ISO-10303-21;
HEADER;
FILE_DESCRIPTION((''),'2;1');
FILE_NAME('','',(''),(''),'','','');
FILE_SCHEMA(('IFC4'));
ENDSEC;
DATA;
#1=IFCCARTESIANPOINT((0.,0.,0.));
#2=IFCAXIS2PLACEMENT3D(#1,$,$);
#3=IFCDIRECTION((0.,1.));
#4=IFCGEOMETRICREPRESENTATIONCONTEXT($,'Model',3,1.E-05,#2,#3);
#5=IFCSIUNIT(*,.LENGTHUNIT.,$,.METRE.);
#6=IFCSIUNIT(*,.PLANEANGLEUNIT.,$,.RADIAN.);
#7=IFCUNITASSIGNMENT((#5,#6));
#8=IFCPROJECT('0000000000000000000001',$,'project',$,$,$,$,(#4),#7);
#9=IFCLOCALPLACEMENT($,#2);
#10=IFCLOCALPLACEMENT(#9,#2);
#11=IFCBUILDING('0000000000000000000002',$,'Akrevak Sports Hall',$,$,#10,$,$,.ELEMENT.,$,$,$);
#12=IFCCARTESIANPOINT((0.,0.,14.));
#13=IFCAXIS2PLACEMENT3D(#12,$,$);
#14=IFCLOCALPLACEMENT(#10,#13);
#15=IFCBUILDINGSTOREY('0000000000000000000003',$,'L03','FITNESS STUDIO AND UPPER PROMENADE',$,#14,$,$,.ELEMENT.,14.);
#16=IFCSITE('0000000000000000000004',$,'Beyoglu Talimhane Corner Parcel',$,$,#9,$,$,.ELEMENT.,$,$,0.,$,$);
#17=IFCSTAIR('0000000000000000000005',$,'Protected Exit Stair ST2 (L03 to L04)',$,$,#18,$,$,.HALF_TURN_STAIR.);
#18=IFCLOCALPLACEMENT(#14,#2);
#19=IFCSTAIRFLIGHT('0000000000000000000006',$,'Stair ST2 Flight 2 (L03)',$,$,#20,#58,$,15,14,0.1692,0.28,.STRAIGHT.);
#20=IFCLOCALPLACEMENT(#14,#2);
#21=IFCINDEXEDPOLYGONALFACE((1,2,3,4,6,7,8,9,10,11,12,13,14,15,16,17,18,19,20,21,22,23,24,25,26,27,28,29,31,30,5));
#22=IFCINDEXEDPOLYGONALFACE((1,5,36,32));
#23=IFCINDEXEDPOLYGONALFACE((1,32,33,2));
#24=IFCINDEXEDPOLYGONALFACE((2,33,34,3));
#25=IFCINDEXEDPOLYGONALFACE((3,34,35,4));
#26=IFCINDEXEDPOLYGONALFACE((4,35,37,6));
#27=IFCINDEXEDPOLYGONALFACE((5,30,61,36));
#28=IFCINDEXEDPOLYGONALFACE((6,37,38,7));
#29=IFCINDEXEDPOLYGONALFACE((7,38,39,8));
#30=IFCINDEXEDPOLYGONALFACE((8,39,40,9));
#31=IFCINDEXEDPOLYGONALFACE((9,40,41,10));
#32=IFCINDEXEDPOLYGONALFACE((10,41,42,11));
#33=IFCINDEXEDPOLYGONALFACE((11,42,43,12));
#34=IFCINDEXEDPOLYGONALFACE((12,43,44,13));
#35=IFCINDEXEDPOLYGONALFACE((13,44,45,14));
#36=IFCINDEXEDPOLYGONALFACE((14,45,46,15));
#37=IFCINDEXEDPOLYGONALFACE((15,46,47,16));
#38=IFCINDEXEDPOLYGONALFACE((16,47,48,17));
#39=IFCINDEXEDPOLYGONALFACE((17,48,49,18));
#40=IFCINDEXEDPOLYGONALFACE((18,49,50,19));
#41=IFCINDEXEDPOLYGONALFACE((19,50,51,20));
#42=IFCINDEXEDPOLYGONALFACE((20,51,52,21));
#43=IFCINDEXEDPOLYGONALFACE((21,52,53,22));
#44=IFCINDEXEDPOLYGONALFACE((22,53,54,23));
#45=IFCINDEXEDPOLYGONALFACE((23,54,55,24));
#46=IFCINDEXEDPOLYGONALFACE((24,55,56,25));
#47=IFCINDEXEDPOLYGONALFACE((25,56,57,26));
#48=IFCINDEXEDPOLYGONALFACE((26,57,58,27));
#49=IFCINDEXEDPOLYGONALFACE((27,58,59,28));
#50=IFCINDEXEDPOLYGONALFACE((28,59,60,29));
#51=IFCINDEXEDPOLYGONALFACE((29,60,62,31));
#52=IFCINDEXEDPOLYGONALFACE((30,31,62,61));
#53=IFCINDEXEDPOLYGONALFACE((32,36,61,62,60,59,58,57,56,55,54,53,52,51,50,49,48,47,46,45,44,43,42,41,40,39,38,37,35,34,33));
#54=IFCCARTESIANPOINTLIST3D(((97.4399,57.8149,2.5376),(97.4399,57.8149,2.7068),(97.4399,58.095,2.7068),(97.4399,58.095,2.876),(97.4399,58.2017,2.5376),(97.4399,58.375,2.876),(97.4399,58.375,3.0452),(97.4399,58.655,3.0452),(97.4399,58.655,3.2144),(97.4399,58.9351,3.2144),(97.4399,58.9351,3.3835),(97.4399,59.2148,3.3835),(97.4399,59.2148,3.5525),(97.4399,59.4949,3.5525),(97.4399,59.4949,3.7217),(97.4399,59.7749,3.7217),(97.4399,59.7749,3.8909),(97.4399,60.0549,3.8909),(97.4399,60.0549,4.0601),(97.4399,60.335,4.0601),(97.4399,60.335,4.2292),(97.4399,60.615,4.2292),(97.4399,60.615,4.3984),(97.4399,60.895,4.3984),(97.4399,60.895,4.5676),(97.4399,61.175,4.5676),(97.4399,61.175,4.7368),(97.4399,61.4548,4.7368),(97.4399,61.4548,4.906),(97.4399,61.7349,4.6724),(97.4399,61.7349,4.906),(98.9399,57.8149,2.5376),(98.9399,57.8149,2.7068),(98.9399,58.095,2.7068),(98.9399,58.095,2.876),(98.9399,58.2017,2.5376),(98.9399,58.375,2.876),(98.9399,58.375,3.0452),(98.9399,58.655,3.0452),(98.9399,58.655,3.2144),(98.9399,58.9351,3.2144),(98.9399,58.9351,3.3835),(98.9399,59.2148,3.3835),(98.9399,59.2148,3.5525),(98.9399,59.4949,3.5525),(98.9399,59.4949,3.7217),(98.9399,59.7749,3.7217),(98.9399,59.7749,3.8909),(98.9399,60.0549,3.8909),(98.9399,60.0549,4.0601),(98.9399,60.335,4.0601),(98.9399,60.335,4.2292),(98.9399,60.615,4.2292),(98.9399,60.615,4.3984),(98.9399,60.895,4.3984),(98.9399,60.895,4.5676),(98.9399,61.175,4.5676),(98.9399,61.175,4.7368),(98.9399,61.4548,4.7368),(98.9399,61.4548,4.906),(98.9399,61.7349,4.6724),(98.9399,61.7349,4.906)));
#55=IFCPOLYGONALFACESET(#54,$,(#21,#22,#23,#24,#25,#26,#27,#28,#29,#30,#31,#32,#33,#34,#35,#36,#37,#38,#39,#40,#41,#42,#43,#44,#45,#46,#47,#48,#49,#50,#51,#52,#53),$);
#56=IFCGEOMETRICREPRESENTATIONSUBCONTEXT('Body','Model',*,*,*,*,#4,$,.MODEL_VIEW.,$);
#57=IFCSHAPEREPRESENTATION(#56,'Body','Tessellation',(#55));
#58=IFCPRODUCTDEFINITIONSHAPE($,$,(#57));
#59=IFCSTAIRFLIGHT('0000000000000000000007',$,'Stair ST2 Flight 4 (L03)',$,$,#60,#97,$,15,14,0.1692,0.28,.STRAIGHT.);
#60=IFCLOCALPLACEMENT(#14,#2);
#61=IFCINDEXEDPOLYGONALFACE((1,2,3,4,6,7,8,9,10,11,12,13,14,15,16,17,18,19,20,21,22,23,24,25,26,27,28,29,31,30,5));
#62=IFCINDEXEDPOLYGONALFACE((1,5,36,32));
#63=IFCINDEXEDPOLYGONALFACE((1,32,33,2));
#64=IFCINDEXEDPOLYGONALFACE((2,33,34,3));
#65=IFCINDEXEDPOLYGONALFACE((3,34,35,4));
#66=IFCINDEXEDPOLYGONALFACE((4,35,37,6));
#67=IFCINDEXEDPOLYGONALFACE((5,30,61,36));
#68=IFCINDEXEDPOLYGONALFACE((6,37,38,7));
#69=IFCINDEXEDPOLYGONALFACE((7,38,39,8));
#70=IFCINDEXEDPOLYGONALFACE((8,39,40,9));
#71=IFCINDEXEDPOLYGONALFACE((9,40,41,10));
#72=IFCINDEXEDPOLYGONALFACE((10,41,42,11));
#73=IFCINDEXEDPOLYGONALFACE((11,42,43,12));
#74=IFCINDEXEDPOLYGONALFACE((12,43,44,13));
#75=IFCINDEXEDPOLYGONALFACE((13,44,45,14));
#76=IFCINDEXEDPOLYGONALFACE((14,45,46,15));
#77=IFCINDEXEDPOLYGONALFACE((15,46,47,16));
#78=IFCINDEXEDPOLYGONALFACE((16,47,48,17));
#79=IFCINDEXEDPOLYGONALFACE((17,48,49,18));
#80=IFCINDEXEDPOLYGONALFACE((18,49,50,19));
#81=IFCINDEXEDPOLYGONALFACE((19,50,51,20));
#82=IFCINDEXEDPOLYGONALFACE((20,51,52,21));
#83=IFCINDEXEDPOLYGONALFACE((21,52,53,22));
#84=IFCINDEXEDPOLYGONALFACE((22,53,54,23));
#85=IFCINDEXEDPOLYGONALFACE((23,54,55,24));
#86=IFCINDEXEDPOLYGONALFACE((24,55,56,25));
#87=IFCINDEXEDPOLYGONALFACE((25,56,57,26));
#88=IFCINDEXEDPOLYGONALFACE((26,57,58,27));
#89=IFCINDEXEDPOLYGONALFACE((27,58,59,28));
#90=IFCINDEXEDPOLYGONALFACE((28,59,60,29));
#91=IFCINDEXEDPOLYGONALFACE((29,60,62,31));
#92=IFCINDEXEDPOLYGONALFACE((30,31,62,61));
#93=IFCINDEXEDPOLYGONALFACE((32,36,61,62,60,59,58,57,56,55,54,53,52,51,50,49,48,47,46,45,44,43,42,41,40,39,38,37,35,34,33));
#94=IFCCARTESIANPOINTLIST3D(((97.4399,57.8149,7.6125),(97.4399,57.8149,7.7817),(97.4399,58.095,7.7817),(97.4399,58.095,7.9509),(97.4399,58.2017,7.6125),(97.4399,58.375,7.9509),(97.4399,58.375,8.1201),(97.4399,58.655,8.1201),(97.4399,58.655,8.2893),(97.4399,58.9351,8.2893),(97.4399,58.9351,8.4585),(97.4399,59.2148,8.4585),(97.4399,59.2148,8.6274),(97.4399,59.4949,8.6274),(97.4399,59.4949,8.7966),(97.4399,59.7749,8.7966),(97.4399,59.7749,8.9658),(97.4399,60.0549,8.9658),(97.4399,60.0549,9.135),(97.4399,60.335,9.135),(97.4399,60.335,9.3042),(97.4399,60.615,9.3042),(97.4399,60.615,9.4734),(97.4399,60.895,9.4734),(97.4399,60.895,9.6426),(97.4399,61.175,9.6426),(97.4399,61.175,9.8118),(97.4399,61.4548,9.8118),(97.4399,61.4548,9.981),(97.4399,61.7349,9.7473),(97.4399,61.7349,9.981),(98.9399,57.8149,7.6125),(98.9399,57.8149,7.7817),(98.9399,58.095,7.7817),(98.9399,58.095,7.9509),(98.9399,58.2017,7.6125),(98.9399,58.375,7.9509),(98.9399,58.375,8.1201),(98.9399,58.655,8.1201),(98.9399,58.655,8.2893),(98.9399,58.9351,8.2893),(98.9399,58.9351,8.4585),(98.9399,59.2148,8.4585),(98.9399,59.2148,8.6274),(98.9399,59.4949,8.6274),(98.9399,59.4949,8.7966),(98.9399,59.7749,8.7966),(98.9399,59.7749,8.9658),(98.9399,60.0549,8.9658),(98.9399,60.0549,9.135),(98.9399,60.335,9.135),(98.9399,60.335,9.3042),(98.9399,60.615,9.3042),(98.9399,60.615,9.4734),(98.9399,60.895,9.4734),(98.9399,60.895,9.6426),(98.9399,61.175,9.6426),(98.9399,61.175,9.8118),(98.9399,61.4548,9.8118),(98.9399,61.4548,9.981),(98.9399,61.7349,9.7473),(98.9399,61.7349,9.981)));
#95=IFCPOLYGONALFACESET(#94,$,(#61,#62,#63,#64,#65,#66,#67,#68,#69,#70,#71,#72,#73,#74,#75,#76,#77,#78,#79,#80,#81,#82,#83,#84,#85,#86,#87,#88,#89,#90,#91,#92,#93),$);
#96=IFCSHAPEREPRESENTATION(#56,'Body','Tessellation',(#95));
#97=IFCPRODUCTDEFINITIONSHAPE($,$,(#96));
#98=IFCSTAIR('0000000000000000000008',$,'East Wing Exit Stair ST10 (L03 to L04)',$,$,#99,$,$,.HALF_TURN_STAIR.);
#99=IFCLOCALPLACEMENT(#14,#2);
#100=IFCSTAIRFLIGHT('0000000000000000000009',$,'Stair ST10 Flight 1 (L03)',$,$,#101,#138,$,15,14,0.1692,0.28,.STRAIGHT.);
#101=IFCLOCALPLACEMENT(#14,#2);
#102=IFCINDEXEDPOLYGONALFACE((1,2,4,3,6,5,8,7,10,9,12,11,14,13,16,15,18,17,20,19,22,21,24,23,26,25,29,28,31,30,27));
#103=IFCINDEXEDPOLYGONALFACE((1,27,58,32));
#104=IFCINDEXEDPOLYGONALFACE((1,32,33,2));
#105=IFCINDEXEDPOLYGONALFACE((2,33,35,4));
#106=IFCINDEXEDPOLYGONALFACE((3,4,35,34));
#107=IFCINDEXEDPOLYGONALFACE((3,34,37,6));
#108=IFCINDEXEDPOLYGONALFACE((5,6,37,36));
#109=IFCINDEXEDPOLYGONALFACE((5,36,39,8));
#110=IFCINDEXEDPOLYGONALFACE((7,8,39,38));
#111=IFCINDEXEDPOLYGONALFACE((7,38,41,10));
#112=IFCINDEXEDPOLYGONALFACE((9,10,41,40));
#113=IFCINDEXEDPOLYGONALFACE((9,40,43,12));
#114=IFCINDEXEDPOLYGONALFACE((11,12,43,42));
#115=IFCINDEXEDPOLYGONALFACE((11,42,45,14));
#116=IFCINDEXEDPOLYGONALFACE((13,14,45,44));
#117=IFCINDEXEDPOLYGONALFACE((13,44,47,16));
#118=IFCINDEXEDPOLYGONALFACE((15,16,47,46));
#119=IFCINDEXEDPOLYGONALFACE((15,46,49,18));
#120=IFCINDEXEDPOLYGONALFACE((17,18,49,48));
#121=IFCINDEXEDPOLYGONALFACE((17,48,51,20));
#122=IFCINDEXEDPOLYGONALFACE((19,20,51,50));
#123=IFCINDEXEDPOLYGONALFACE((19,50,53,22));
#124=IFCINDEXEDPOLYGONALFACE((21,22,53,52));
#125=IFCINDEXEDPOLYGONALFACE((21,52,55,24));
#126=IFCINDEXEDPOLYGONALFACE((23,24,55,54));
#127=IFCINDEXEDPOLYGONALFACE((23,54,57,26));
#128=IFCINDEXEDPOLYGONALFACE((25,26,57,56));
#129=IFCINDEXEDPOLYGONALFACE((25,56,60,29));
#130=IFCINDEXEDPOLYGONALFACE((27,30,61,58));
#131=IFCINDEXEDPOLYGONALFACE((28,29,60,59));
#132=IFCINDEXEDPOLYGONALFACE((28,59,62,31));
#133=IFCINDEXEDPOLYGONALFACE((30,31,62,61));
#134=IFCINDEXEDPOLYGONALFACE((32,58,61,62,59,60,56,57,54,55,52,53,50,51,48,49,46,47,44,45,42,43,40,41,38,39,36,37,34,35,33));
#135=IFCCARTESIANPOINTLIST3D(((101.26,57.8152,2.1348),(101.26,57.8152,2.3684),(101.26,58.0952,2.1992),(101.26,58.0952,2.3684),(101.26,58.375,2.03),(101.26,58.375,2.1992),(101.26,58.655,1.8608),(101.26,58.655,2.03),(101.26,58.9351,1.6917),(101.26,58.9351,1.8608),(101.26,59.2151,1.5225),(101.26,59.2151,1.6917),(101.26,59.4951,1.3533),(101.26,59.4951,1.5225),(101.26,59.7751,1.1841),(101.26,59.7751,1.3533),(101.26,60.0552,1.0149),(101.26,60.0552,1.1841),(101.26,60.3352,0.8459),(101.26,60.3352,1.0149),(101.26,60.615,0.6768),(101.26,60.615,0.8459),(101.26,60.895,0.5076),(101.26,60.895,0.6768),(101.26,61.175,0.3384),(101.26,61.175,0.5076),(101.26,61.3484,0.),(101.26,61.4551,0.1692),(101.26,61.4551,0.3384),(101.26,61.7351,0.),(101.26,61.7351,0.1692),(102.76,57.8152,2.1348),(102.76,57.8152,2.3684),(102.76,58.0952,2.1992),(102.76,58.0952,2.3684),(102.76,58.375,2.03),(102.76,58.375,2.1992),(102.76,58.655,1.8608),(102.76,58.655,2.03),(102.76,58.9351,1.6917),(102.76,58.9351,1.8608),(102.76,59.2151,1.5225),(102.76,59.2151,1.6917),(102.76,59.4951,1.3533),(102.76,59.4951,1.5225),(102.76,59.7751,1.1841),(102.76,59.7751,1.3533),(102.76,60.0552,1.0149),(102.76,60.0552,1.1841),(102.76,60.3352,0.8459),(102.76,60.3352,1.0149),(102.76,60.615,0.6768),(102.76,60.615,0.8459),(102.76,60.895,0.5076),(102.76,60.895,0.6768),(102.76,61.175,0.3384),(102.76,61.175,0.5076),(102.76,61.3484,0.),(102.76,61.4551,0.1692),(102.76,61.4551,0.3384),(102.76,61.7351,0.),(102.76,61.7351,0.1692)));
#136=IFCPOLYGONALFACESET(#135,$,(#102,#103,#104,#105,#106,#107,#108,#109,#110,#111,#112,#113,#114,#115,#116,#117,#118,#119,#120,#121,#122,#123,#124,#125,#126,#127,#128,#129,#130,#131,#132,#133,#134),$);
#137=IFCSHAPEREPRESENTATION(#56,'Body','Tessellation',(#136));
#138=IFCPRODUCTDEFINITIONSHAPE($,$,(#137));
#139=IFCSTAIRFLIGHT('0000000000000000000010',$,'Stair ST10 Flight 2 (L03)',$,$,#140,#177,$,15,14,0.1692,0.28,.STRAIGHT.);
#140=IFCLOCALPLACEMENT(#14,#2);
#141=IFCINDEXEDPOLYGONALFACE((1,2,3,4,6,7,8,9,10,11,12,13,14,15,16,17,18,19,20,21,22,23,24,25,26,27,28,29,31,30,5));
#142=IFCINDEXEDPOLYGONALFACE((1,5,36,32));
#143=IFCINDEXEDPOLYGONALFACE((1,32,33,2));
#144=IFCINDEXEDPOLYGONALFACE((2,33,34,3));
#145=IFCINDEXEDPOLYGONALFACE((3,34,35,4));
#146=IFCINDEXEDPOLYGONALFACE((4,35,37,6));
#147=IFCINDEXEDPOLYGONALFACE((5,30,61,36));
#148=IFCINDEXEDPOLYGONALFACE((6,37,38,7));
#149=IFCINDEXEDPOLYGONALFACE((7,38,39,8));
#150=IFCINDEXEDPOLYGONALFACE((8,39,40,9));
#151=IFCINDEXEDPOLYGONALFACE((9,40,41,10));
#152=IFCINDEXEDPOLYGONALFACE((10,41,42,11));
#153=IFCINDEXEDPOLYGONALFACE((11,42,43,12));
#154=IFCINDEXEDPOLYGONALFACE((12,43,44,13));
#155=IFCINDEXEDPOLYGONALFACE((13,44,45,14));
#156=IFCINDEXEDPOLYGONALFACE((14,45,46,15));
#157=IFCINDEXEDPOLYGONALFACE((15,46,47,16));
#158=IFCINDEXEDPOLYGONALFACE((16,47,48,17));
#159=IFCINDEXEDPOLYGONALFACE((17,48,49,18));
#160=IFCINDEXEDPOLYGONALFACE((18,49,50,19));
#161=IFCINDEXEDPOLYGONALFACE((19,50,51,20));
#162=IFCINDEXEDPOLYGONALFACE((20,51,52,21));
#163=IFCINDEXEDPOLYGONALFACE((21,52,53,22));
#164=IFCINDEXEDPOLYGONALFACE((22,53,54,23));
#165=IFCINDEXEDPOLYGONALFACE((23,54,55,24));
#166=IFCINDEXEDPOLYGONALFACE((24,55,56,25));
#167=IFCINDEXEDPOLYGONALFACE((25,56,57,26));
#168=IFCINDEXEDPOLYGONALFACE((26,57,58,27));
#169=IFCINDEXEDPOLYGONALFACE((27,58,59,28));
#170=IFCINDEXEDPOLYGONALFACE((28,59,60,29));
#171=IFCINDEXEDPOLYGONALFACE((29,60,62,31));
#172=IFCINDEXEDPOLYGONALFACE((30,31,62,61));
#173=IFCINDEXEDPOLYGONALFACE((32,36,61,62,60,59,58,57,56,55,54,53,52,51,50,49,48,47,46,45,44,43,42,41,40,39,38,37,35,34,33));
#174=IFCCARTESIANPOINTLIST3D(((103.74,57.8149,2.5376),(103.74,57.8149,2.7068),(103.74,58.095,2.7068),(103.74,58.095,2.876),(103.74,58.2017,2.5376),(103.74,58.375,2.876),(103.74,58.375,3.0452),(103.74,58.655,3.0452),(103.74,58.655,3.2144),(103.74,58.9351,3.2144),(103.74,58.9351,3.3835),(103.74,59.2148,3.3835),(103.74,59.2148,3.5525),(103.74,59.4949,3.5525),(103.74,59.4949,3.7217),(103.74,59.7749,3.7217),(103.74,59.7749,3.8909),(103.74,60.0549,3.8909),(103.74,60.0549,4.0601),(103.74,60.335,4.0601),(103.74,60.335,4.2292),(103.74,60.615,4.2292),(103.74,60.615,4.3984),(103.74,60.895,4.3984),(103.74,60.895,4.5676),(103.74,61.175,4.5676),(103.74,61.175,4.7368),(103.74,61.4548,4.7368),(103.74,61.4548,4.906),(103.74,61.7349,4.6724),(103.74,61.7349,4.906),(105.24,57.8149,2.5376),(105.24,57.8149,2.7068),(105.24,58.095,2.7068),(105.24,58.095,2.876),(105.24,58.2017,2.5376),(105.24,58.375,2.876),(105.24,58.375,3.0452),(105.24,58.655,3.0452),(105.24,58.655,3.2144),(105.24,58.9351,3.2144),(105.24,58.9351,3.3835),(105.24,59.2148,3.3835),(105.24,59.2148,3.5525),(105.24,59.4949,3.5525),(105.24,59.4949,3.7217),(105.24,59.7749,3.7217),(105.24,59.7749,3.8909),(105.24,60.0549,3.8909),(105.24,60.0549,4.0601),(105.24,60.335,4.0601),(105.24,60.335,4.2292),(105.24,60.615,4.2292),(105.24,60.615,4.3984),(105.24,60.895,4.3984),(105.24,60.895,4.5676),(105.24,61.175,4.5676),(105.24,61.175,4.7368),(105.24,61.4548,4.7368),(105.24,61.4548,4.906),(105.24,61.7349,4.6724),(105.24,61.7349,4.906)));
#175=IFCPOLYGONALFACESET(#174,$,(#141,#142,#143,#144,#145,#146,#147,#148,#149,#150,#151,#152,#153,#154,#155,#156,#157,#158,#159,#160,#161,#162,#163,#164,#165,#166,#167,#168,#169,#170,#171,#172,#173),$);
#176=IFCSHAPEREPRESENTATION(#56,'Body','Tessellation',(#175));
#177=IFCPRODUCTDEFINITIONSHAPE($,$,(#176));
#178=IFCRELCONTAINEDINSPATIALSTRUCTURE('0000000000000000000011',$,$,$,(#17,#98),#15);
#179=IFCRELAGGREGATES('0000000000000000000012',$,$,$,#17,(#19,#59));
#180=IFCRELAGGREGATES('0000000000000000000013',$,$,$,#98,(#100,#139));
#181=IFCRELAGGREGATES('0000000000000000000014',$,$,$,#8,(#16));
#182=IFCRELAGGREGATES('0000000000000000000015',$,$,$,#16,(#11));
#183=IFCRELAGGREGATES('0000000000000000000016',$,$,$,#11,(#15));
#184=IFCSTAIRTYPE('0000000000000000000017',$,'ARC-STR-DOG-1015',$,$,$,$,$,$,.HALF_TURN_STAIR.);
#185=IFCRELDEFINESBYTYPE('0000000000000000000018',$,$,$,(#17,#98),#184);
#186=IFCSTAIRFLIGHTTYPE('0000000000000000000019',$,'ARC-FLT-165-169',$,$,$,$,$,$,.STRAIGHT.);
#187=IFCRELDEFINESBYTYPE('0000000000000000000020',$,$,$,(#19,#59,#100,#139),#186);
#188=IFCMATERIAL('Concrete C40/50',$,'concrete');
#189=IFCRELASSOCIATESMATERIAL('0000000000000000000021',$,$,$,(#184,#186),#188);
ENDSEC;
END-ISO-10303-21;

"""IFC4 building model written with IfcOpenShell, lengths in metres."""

from ifc_helpers import new_model, si_unit, direction, frame, origin, place, context, subcontext, project, spatial, polyline, outline, extrude, material, type_object, element, aggregate, save


model = new_model("IFC4")

# Units and contexts
model_context = context("Model", 3, precision=1e-05, world=origin(), true_north=direction((0.0, 1.0)))
body_context = subcontext(model_context, "Body", "Model", "MODEL_VIEW")
ifc_project = project(units=[si_unit("LENGTHUNIT", "METRE"), si_unit("PLANEANGLEUNIT", "RADIAN")], contexts=[model_context])

# Site, building, storey
site_placement = place(None, origin())
site = spatial("IfcSite", under=ifc_project, at=site_placement, Name="Beyoglu Talimhane Corner Parcel", CompositionType="ELEMENT", RefElevation=0.0)
building_placement = place(site_placement, origin())
building = spatial("IfcBuilding", under=site, at=building_placement, Name="Akrevak Sports Hall", CompositionType="ELEMENT")
storey_placement = place(building_placement, frame((0.0, 0.0, 14.0)))
storey = spatial("IfcBuildingStorey", under=building, at=storey_placement, Name="L03", Description="FITNESS STUDIO AND UPPER PROMENADE", CompositionType="ELEMENT", Elevation=14.0)

# Shared definitions
ifc_material_1 = material(Name="Concrete C40/50", Category="concrete")

# Stairs, stair flights
stair_type = type_object("IfcStairType", Name="ARC-STR-DOG-1015", PredefinedType="HALF_TURN_STAIR", material=ifc_material_1)
stair_1_placement = place(storey_placement, origin())
stair_1 = element("IfcStair", 1, at=stair_1_placement, inside=storey, type_object=stair_type, Name="Protected Exit Stair ST2 (L03 to L04)", PredefinedType="HALF_TURN_STAIR")
stair_flight_type = type_object("IfcStairFlightType", Name="ARC-FLT-165-169", PredefinedType="STRAIGHT", material=ifc_material_1)
stair_flight_1_placement = place(storey_placement, frame((98.1899, 57.8149, 2.5376), z_axis=(0.0, 0.0, 1.0), x_axis=(0.0, 1.0, 0.0)))
stair_flight_1 = element("IfcStairFlight", 2, at=stair_flight_1_placement, type_object=stair_flight_type, Name="Stair ST2 Flight 2 (L03)", NumberOfRisers=15, NumberOfTreads=14, PredefinedType="STRAIGHT", RiserHeight=0.1692, TreadLength=0.28, context=body_context, shape_type="SweptSolid", body=[
    extrude(outline(polyline([(0.0, 0.0), (0.0, 0.1692), (0.28, 0.1692), (0.28, 0.3384), (0.5601, 0.3384), (0.5601, 0.5076), (0.8401, 0.5076), (0.8401, 0.6768), (1.1201, 0.6768), (1.1201, 0.8459), (1.3999, 0.8459), (1.3999, 1.0149), (1.6799, 1.0149), (1.6799, 1.1841), (1.96, 1.1841), (1.96, 1.3533), (2.24, 1.3533), (2.24, 1.5225), (2.52, 1.5225), (2.52, 1.6917), (2.8, 1.6917), (2.8, 1.8608), (3.0801, 1.8608), (3.0801, 2.03), (3.3601, 2.03), (3.3601, 2.1992), (3.6399, 2.1992), (3.6399, 2.3684), (3.9199, 2.3684), (3.9199, 2.5376), (3.9199, 2.1348), (0.3867, 0.0), (0.0, 0.0)])), frame((0.0, 0.75, 0.0), z_axis=(0.0, -1.0, 0.0), x_axis=(1.0, 0.0, 0.0)), (0.0, 0.0, 1.0), 1.5),
])
stair_flight_2_placement = place(storey_placement, frame((98.1899, 57.8149, 7.6125), z_axis=(0.0, 0.0, 1.0), x_axis=(0.0, 1.0, 0.0)))
stair_flight_2 = element("IfcStairFlight", 3, at=stair_flight_2_placement, type_object=stair_flight_type, Name="Stair ST2 Flight 4 (L03)", NumberOfRisers=15, NumberOfTreads=14, PredefinedType="STRAIGHT", RiserHeight=0.1692, TreadLength=0.28, context=body_context, shape_type="SweptSolid", body=[
    extrude(outline(polyline([(0.0, 0.0), (0.0, 0.1692), (0.28, 0.1692), (0.28, 0.3384), (0.5601, 0.3384), (0.5601, 0.5076), (0.8401, 0.5076), (0.8401, 0.6768), (1.1201, 0.6768), (1.1201, 0.8459), (1.3999, 0.8459), (1.3999, 1.0149), (1.6799, 1.0149), (1.6799, 1.1841), (1.96, 1.1841), (1.96, 1.3533), (2.24, 1.3533), (2.24, 1.5225), (2.52, 1.5225), (2.52, 1.6917), (2.8, 1.6917), (2.8, 1.8608), (3.0801, 1.8608), (3.0801, 2.03), (3.3601, 2.03), (3.3601, 2.1992), (3.6399, 2.1992), (3.6399, 2.3684), (3.9199, 2.3684), (3.9199, 2.5376), (3.9199, 2.1348), (0.3867, 0.0), (0.0, 0.0)])), frame((0.0, 0.75, 0.0), z_axis=(0.0, -1.0, 0.0), x_axis=(1.0, 0.0, 0.0)), (0.0, 0.0, 1.0), 1.5),
])
aggregate(stair_1, [stair_flight_1, stair_flight_2])
stair_2_placement = place(storey_placement, origin())
stair_2 = element("IfcStair", 4, at=stair_2_placement, inside=storey, type_object=stair_type, Name="East Wing Exit Stair ST10 (L03 to L04)", PredefinedType="HALF_TURN_STAIR")
stair_flight_3_placement = place(storey_placement, frame((102.01, 61.7351, 0.0), z_axis=(0.0, 0.0, 1.0), x_axis=(0.0, -1.0, 0.0)))
stair_flight_3 = element("IfcStairFlight", 5, at=stair_flight_3_placement, type_object=stair_flight_type, Name="Stair ST10 Flight 1 (L03)", NumberOfRisers=15, NumberOfTreads=14, PredefinedType="STRAIGHT", RiserHeight=0.1692, TreadLength=0.28, context=body_context, shape_type="SweptSolid", body=[
    extrude(outline(polyline([(0.0, 0.0), (0.0, 0.1692), (0.28, 0.1692), (0.28, 0.3384), (0.5601, 0.3384), (0.5601, 0.5076), (0.8401, 0.5076), (0.8401, 0.6768), (1.1201, 0.6768), (1.1201, 0.8459), (1.3999, 0.8459), (1.3999, 1.0149), (1.6799, 1.0149), (1.6799, 1.1841), (1.96, 1.1841), (1.96, 1.3533), (2.24, 1.3533), (2.24, 1.5225), (2.52, 1.5225), (2.52, 1.6917), (2.8, 1.6917), (2.8, 1.8608), (3.0801, 1.8608), (3.0801, 2.03), (3.3601, 2.03), (3.3601, 2.1992), (3.6399, 2.1992), (3.6399, 2.3684), (3.9199, 2.3684), (3.9199, 2.5376), (3.9199, 2.1348), (0.3867, 0.0), (0.0, 0.0)])), frame((0.0, 0.75, 0.0), z_axis=(0.0, -1.0, 0.0), x_axis=(1.0, 0.0, 0.0)), (0.0, 0.0, 1.0), 1.5),
])
stair_flight_4_placement = place(storey_placement, frame((104.49, 57.8149, 2.5376), z_axis=(0.0, 0.0, 1.0), x_axis=(0.0, 1.0, 0.0)))
stair_flight_4 = element("IfcStairFlight", 6, at=stair_flight_4_placement, type_object=stair_flight_type, Name="Stair ST10 Flight 2 (L03)", NumberOfRisers=15, NumberOfTreads=14, PredefinedType="STRAIGHT", RiserHeight=0.1692, TreadLength=0.28, context=body_context, shape_type="SweptSolid", body=[
    extrude(outline(polyline([(0.0, 0.0), (0.0, 0.1692), (0.28, 0.1692), (0.28, 0.3384), (0.5601, 0.3384), (0.5601, 0.5076), (0.8401, 0.5076), (0.8401, 0.6768), (1.1201, 0.6768), (1.1201, 0.8459), (1.3999, 0.8459), (1.3999, 1.0149), (1.6799, 1.0149), (1.6799, 1.1841), (1.96, 1.1841), (1.96, 1.3533), (2.24, 1.3533), (2.24, 1.5225), (2.52, 1.5225), (2.52, 1.6917), (2.8, 1.6917), (2.8, 1.8608), (3.0801, 1.8608), (3.0801, 2.03), (3.3601, 2.03), (3.3601, 2.1992), (3.6399, 2.1992), (3.6399, 2.3684), (3.9199, 2.3684), (3.9199, 2.5376), (3.9199, 2.1348), (0.3867, 0.0), (0.0, 0.0)])), frame((0.0, 0.75, 0.0), z_axis=(0.0, -1.0, 0.0), x_axis=(1.0, 0.0, 0.0)), (0.0, 0.0, 1.0), 1.5),
])
aggregate(stair_2, [stair_flight_3, stair_flight_4])

save(model, "model.ifc")
